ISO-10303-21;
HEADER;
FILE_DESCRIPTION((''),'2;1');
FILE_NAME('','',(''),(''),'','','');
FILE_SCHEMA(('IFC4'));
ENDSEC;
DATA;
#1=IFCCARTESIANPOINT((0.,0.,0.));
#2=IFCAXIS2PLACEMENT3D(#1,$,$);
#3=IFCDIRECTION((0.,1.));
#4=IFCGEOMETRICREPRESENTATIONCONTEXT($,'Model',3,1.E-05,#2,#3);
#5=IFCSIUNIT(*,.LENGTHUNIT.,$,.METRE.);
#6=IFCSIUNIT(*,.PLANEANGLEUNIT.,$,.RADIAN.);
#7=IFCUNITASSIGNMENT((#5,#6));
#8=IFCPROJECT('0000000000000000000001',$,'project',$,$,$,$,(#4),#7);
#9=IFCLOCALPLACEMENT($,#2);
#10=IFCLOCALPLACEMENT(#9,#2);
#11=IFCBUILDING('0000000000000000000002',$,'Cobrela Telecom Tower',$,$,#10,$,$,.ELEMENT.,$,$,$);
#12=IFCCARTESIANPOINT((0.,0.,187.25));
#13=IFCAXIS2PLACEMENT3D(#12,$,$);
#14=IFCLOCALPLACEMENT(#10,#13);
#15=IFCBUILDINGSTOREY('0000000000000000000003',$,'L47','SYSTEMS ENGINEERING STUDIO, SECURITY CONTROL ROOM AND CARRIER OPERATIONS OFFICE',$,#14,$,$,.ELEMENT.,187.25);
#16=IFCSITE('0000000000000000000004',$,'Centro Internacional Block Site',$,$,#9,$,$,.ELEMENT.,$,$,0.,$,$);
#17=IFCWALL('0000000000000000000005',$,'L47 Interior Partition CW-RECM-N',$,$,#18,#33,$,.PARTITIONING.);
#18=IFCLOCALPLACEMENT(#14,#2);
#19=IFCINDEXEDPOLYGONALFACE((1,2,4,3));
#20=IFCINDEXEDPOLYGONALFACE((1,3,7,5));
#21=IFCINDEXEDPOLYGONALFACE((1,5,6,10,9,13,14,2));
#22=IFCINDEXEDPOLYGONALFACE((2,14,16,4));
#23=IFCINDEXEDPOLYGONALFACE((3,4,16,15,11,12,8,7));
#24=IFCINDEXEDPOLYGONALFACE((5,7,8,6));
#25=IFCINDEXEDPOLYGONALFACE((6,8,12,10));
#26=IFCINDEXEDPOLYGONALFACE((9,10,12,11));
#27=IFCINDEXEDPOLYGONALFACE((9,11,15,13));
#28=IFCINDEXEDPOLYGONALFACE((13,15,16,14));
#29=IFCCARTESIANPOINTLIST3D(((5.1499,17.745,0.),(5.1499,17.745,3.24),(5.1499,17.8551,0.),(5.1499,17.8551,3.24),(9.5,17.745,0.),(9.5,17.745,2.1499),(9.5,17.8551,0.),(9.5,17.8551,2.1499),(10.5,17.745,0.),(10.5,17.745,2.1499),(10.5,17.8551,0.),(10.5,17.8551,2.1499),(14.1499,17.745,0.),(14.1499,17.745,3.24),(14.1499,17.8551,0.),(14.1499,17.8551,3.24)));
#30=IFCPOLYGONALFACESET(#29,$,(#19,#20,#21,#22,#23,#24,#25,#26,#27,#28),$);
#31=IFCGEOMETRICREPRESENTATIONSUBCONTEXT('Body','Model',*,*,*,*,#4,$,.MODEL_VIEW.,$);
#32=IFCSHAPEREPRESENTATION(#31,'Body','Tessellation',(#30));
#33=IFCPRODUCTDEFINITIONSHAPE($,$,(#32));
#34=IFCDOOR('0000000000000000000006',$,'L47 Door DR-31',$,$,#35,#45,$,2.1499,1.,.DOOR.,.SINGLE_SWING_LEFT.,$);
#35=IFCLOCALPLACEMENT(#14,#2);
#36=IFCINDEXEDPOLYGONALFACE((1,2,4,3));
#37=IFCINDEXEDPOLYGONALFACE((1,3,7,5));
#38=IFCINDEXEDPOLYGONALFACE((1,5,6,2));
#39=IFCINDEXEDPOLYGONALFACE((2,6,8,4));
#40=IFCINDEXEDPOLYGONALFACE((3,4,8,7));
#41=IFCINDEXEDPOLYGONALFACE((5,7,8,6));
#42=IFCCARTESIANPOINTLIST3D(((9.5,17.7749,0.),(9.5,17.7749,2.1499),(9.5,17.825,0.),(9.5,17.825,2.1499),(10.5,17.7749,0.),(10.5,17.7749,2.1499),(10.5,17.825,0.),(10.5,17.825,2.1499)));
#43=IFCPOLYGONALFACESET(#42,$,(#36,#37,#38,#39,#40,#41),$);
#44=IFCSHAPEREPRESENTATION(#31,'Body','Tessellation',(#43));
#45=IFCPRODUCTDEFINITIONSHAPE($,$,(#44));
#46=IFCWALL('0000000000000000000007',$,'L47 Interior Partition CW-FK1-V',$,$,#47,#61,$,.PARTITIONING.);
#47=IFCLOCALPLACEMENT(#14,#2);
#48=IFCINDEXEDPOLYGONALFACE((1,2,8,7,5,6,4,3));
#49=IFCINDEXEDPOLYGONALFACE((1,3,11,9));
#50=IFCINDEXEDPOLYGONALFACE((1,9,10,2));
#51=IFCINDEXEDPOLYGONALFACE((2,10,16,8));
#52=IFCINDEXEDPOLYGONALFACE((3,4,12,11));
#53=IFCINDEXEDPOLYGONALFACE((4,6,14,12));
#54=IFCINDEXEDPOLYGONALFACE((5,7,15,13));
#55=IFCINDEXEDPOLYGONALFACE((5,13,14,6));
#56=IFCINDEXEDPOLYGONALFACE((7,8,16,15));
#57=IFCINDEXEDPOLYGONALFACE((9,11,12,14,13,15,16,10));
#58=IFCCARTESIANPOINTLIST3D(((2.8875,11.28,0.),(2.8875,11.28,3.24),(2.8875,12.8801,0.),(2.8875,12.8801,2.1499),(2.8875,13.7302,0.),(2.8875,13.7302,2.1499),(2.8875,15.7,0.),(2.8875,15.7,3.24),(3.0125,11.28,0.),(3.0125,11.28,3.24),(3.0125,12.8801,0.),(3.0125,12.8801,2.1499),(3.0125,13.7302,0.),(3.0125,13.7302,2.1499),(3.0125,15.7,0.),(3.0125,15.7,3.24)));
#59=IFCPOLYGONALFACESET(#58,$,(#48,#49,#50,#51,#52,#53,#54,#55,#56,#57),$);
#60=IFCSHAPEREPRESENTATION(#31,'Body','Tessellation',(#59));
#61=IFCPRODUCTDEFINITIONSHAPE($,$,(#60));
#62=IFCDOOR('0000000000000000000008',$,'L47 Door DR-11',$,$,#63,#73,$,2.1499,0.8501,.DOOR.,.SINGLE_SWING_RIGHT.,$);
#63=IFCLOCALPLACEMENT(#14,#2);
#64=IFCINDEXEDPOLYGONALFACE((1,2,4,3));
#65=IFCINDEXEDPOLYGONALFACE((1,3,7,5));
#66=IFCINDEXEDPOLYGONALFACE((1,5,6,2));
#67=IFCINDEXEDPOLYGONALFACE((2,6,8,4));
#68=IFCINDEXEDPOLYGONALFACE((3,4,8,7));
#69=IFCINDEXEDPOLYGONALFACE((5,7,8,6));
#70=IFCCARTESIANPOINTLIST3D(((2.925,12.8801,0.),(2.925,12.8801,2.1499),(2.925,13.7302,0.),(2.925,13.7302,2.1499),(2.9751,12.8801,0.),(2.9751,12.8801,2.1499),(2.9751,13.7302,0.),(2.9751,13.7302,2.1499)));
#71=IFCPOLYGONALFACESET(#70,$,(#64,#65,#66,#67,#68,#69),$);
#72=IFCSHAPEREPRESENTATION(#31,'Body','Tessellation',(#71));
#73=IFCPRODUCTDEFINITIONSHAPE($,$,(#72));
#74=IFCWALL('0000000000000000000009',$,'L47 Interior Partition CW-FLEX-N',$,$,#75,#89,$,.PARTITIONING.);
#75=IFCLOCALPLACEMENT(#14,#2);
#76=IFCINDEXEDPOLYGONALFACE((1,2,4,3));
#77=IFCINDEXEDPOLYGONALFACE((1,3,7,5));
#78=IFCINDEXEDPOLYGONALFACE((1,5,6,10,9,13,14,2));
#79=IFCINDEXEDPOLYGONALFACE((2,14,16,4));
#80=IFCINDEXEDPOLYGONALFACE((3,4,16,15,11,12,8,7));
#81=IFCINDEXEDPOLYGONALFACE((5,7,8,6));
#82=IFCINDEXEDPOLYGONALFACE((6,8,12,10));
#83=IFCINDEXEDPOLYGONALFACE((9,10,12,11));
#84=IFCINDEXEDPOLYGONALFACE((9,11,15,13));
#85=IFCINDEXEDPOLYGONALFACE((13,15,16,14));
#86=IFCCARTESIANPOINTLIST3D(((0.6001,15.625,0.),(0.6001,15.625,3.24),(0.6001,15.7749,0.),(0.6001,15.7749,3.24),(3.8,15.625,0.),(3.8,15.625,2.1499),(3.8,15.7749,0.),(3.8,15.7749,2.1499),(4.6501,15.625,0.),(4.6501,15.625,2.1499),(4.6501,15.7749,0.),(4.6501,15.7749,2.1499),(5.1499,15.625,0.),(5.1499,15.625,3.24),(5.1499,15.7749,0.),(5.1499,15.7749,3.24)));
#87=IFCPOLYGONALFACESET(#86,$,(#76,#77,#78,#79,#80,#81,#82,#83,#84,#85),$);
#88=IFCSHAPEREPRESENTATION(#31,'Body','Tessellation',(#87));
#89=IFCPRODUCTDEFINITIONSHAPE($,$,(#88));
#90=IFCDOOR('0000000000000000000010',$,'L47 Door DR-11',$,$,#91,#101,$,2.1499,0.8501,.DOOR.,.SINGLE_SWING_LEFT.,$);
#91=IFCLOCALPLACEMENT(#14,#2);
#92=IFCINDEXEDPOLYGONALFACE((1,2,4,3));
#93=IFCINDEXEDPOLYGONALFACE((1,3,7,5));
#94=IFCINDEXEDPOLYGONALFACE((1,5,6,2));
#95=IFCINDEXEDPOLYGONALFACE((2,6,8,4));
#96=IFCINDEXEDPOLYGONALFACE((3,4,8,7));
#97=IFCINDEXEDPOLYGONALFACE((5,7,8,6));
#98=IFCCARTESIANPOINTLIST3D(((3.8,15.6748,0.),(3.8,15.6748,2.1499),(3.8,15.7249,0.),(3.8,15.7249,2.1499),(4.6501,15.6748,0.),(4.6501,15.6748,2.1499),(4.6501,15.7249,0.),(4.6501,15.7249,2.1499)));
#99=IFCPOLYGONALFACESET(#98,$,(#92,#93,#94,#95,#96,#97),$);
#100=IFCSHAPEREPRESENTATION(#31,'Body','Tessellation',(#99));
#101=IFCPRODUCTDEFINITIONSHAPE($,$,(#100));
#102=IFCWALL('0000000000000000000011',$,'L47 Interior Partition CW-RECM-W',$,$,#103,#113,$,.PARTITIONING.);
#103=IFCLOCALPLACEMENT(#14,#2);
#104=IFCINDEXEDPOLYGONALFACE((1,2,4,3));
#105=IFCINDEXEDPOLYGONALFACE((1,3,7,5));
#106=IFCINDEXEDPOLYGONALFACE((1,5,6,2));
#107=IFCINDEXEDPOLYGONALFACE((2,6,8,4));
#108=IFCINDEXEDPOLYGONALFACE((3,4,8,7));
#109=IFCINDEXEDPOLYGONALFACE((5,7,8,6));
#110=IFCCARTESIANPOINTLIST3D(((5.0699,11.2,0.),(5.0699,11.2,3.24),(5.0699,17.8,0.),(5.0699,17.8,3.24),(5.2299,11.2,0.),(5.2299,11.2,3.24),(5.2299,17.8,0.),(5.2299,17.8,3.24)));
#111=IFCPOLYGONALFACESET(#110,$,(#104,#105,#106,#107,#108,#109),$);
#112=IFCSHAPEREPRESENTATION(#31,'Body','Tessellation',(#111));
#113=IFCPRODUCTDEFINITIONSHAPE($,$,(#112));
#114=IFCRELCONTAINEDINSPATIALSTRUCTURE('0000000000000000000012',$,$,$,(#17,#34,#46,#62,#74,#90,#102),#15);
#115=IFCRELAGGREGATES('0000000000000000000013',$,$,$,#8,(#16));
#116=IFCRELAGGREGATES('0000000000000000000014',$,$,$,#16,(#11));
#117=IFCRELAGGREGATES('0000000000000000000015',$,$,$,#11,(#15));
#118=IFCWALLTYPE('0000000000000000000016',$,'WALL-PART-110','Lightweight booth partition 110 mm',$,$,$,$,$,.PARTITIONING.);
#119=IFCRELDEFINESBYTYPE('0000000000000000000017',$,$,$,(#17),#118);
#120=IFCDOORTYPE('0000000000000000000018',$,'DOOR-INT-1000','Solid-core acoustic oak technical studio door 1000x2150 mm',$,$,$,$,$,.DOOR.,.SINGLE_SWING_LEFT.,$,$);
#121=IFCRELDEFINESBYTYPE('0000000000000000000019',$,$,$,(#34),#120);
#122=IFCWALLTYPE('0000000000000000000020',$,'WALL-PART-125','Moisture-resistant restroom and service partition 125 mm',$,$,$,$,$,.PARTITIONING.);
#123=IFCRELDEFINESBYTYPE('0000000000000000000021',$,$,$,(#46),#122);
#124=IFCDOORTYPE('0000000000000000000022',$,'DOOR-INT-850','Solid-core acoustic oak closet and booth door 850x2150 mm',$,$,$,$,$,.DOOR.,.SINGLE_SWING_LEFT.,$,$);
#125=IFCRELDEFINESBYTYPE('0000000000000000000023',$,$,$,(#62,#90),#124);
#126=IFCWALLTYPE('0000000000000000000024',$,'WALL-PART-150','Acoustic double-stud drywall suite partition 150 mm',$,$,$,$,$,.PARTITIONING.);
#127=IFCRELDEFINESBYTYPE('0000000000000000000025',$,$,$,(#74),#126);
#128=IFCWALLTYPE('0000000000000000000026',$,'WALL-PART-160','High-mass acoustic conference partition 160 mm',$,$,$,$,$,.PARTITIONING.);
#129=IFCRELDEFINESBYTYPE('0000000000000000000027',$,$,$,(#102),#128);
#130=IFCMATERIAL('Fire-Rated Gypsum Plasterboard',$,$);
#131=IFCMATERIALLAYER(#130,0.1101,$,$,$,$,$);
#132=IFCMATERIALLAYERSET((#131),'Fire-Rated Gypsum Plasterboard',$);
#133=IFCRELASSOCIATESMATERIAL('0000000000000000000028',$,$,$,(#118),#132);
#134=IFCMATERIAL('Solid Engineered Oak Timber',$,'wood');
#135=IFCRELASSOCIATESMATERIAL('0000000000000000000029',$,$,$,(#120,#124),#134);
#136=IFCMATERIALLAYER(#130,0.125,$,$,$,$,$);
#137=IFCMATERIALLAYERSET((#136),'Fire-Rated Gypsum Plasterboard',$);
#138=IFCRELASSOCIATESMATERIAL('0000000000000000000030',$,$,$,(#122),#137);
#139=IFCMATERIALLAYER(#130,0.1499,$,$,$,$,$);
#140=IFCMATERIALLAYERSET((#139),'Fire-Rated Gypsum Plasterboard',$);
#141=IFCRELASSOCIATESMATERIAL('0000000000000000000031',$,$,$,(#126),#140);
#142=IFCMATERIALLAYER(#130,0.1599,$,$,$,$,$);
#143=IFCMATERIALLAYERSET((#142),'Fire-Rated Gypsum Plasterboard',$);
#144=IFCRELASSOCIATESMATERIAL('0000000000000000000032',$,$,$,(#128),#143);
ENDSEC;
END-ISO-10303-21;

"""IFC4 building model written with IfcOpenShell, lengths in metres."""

from ifc_helpers import new_model, si_unit, direction, frame, frame_2d, origin, place, context, subcontext, project, spatial, rectangle, extrude, material, layer, layer_set, type_object, element, fill, save


model = new_model("IFC4")

# Units and contexts
model_context = context("Model", 3, precision=1e-05, world=origin(), true_north=direction((0.0, 1.0)))
body_context = subcontext(model_context, "Body", "Model", "MODEL_VIEW")
ifc_project = project(units=[si_unit("LENGTHUNIT", "METRE"), si_unit("PLANEANGLEUNIT", "RADIAN")], contexts=[model_context])

# Site, building, storey
site_placement = place(None, origin())
site = spatial("IfcSite", under=ifc_project, at=site_placement, Name="Centro Internacional Block Site", CompositionType="ELEMENT", RefElevation=0.0)
building_placement = place(site_placement, origin())
building = spatial("IfcBuilding", under=site, at=building_placement, Name="Cobrela Telecom Tower", CompositionType="ELEMENT")
storey_placement = place(building_placement, frame((0.0, 0.0, 187.25)))
storey = spatial("IfcBuildingStorey", under=building, at=storey_placement, Name="L47", Description="SYSTEMS ENGINEERING STUDIO, SECURITY CONTROL ROOM AND CARRIER OPERATIONS OFFICE", CompositionType="ELEMENT", Elevation=187.25)

# Walls, openings, doors
ifc_material_1 = material(Name="Fire-Rated Gypsum Plasterboard")
ifc_layer_1 = layer(ifc_material_1, 0.1101)
ifc_layer_set_1 = layer_set([ifc_layer_1], Name="Fire-Rated Gypsum Plasterboard")
wall_type_1 = type_object("IfcWallType", Name="WALL-PART-110", Description="Lightweight booth partition 110 mm", PredefinedType="PARTITIONING", material=ifc_layer_set_1)
wall_1_placement = place(storey_placement, frame((5.1499, 17.8, 0.0), z_axis=(0.0, 0.0, 1.0), x_axis=(1.0, 0.0, 0.0)))
wall_1 = element("IfcWall", 1, at=wall_1_placement, inside=storey, type_object=wall_type_1, Name="L47 Interior Partition CW-RECM-N", PredefinedType="PARTITIONING", context=body_context, shape_type="SweptSolid", body=[
    extrude(rectangle(XDim=9.0, YDim=0.1101, at=frame_2d((4.5, 0.0))), origin(), (0.0, 0.0, 1.0), 3.24),
])
opening_1_placement = place(wall_1_placement, frame((4.3501, 0.0, 0.0)))
opening_1 = element("IfcOpeningElement", 2, at=opening_1_placement, cuts=wall_1, PredefinedType="OPENING", context=body_context, shape_type="SweptSolid", body=[
    extrude(rectangle(XDim=1.0, YDim=2.1499, at=frame_2d((0.5, 1.075))), frame((0.0, 0.0669, 0.0), z_axis=(0.0, -1.0, 0.0), x_axis=(1.0, 0.0, 0.0)), (0.0, 0.0, 1.0), 0.134),
])
ifc_material_2 = material(Name="Solid Engineered Oak Timber", Category="wood")
door_type_1 = type_object("IfcDoorType", Name="DOOR-INT-1000", Description="Solid-core acoustic oak technical studio door 1000x2150 mm", OperationType="SINGLE_SWING_LEFT", PredefinedType="DOOR", material=ifc_material_2)
door_1_placement = place(opening_1_placement, origin())
door_1 = element("IfcDoor", 3, at=door_1_placement, inside=storey, type_object=door_type_1, Name="L47 Door DR-31", OperationType="SINGLE_SWING_LEFT", OverallHeight=2.1499, OverallWidth=1.0, PredefinedType="DOOR", context=body_context, shape_type="SweptSolid", body=[
    extrude(rectangle(XDim=1.0, YDim=2.1499, at=frame_2d((0.5, 1.075))), frame((0.0, 0.0249, 0.0), z_axis=(0.0, -1.0, 0.0), x_axis=(1.0, 0.0, 0.0)), (0.0, 0.0, 1.0), 0.05),
])
fill(opening_1, door_1)
ifc_layer_2 = layer(ifc_material_1, 0.125)
ifc_layer_set_2 = layer_set([ifc_layer_2], Name="Fire-Rated Gypsum Plasterboard")
wall_type_2 = type_object("IfcWallType", Name="WALL-PART-125", Description="Moisture-resistant restroom and service partition 125 mm", PredefinedType="PARTITIONING", material=ifc_layer_set_2)
wall_2_placement = place(storey_placement, frame((2.95, 11.28, 0.0), z_axis=(0.0, 0.0, 1.0), x_axis=(0.0, 1.0, 0.0)))
wall_2 = element("IfcWall", 4, at=wall_2_placement, inside=storey, type_object=wall_type_2, Name="L47 Interior Partition CW-FK1-V", PredefinedType="PARTITIONING", context=body_context, shape_type="SweptSolid", body=[
    extrude(rectangle(XDim=4.4199, YDim=0.125, at=frame_2d((2.21, 0.0))), origin(), (0.0, 0.0, 1.0), 3.24),
])
opening_2_placement = place(wall_2_placement, frame((1.6001, 0.0, 0.0)))
opening_2 = element("IfcOpeningElement", 5, at=opening_2_placement, cuts=wall_2, PredefinedType="OPENING", context=body_context, shape_type="SweptSolid", body=[
    extrude(rectangle(XDim=0.8501, YDim=2.1499, at=frame_2d((0.425, 1.075))), frame((0.0, 0.0745, 0.0), z_axis=(0.0, -1.0, 0.0), x_axis=(1.0, 0.0, 0.0)), (0.0, 0.0, 1.0), 0.1489),
])
door_type_2 = type_object("IfcDoorType", Name="DOOR-INT-850", Description="Solid-core acoustic oak closet and booth door 850x2150 mm", OperationType="SINGLE_SWING_LEFT", PredefinedType="DOOR", material=ifc_material_2)
door_2_placement = place(opening_2_placement, origin())
door_2 = element("IfcDoor", 6, at=door_2_placement, inside=storey, type_object=door_type_2, Name="L47 Door DR-11", OperationType="SINGLE_SWING_RIGHT", OverallHeight=2.1499, OverallWidth=0.8501, PredefinedType="DOOR", context=body_context, shape_type="SweptSolid", body=[
    extrude(rectangle(XDim=0.8501, YDim=2.1499, at=frame_2d((0.425, 1.075))), frame((0.0, 0.0249, 0.0), z_axis=(0.0, -1.0, 0.0), x_axis=(1.0, 0.0, 0.0)), (0.0, 0.0, 1.0), 0.05),
])
fill(opening_2, door_2)
ifc_layer_3 = layer(ifc_material_1, 0.1499)
ifc_layer_set_3 = layer_set([ifc_layer_3], Name="Fire-Rated Gypsum Plasterboard")
wall_type_3 = type_object("IfcWallType", Name="WALL-PART-150", Description="Acoustic double-stud drywall suite partition 150 mm", PredefinedType="PARTITIONING", material=ifc_layer_set_3)
wall_3_placement = place(storey_placement, frame((0.6001, 15.7, 0.0), z_axis=(0.0, 0.0, 1.0), x_axis=(1.0, 0.0, 0.0)))
wall_3 = element("IfcWall", 7, at=wall_3_placement, inside=storey, type_object=wall_type_3, Name="L47 Interior Partition CW-FLEX-N", PredefinedType="PARTITIONING", context=body_context, shape_type="SweptSolid", body=[
    extrude(rectangle(XDim=4.5498, YDim=0.1499, at=frame_2d((2.2749, 0.0))), origin(), (0.0, 0.0, 1.0), 3.24),
])
opening_3_placement = place(wall_3_placement, frame((3.2, 0.0, 0.0)))
opening_3 = element("IfcOpeningElement", 8, at=opening_3_placement, cuts=wall_3, PredefinedType="OPENING", context=body_context, shape_type="SweptSolid", body=[
    extrude(rectangle(XDim=0.8501, YDim=2.1499, at=frame_2d((0.425, 1.075))), frame((0.0, 0.0869, 0.0), z_axis=(0.0, -1.0, 0.0), x_axis=(1.0, 0.0, 0.0)), (0.0, 0.0, 1.0), 0.1738),
])
door_3_placement = place(opening_3_placement, origin())
door_3 = element("IfcDoor", 9, at=door_3_placement, inside=storey, type_object=door_type_2, Name="L47 Door DR-11", OperationType="SINGLE_SWING_LEFT", OverallHeight=2.1499, OverallWidth=0.8501, PredefinedType="DOOR", context=body_context, shape_type="SweptSolid", body=[
    extrude(rectangle(XDim=0.8501, YDim=2.1499, at=frame_2d((0.425, 1.075))), frame((0.0, 0.0249, 0.0), z_axis=(0.0, -1.0, 0.0), x_axis=(1.0, 0.0, 0.0)), (0.0, 0.0, 1.0), 0.05),
])
fill(opening_3, door_3)

# Wall
ifc_layer_4 = layer(ifc_material_1, 0.1599)
ifc_layer_set_4 = layer_set([ifc_layer_4], Name="Fire-Rated Gypsum Plasterboard")
wall_type_4 = type_object("IfcWallType", Name="WALL-PART-160", Description="High-mass acoustic conference partition 160 mm", PredefinedType="PARTITIONING", material=ifc_layer_set_4)
wall_4_placement = place(storey_placement, frame((5.1499, 11.2, 0.0), z_axis=(0.0, 0.0, 1.0), x_axis=(0.0, 1.0, 0.0)))
element("IfcWall", 10, at=wall_4_placement, inside=storey, type_object=wall_type_4, Name="L47 Interior Partition CW-RECM-W", PredefinedType="PARTITIONING", context=body_context, shape_type="SweptSolid", body=[
    extrude(rectangle(XDim=6.6001, YDim=0.1599, at=frame_2d((3.3, 0.0))), origin(), (0.0, 0.0, 1.0), 3.24),
])

save(model, "model.ifc")
